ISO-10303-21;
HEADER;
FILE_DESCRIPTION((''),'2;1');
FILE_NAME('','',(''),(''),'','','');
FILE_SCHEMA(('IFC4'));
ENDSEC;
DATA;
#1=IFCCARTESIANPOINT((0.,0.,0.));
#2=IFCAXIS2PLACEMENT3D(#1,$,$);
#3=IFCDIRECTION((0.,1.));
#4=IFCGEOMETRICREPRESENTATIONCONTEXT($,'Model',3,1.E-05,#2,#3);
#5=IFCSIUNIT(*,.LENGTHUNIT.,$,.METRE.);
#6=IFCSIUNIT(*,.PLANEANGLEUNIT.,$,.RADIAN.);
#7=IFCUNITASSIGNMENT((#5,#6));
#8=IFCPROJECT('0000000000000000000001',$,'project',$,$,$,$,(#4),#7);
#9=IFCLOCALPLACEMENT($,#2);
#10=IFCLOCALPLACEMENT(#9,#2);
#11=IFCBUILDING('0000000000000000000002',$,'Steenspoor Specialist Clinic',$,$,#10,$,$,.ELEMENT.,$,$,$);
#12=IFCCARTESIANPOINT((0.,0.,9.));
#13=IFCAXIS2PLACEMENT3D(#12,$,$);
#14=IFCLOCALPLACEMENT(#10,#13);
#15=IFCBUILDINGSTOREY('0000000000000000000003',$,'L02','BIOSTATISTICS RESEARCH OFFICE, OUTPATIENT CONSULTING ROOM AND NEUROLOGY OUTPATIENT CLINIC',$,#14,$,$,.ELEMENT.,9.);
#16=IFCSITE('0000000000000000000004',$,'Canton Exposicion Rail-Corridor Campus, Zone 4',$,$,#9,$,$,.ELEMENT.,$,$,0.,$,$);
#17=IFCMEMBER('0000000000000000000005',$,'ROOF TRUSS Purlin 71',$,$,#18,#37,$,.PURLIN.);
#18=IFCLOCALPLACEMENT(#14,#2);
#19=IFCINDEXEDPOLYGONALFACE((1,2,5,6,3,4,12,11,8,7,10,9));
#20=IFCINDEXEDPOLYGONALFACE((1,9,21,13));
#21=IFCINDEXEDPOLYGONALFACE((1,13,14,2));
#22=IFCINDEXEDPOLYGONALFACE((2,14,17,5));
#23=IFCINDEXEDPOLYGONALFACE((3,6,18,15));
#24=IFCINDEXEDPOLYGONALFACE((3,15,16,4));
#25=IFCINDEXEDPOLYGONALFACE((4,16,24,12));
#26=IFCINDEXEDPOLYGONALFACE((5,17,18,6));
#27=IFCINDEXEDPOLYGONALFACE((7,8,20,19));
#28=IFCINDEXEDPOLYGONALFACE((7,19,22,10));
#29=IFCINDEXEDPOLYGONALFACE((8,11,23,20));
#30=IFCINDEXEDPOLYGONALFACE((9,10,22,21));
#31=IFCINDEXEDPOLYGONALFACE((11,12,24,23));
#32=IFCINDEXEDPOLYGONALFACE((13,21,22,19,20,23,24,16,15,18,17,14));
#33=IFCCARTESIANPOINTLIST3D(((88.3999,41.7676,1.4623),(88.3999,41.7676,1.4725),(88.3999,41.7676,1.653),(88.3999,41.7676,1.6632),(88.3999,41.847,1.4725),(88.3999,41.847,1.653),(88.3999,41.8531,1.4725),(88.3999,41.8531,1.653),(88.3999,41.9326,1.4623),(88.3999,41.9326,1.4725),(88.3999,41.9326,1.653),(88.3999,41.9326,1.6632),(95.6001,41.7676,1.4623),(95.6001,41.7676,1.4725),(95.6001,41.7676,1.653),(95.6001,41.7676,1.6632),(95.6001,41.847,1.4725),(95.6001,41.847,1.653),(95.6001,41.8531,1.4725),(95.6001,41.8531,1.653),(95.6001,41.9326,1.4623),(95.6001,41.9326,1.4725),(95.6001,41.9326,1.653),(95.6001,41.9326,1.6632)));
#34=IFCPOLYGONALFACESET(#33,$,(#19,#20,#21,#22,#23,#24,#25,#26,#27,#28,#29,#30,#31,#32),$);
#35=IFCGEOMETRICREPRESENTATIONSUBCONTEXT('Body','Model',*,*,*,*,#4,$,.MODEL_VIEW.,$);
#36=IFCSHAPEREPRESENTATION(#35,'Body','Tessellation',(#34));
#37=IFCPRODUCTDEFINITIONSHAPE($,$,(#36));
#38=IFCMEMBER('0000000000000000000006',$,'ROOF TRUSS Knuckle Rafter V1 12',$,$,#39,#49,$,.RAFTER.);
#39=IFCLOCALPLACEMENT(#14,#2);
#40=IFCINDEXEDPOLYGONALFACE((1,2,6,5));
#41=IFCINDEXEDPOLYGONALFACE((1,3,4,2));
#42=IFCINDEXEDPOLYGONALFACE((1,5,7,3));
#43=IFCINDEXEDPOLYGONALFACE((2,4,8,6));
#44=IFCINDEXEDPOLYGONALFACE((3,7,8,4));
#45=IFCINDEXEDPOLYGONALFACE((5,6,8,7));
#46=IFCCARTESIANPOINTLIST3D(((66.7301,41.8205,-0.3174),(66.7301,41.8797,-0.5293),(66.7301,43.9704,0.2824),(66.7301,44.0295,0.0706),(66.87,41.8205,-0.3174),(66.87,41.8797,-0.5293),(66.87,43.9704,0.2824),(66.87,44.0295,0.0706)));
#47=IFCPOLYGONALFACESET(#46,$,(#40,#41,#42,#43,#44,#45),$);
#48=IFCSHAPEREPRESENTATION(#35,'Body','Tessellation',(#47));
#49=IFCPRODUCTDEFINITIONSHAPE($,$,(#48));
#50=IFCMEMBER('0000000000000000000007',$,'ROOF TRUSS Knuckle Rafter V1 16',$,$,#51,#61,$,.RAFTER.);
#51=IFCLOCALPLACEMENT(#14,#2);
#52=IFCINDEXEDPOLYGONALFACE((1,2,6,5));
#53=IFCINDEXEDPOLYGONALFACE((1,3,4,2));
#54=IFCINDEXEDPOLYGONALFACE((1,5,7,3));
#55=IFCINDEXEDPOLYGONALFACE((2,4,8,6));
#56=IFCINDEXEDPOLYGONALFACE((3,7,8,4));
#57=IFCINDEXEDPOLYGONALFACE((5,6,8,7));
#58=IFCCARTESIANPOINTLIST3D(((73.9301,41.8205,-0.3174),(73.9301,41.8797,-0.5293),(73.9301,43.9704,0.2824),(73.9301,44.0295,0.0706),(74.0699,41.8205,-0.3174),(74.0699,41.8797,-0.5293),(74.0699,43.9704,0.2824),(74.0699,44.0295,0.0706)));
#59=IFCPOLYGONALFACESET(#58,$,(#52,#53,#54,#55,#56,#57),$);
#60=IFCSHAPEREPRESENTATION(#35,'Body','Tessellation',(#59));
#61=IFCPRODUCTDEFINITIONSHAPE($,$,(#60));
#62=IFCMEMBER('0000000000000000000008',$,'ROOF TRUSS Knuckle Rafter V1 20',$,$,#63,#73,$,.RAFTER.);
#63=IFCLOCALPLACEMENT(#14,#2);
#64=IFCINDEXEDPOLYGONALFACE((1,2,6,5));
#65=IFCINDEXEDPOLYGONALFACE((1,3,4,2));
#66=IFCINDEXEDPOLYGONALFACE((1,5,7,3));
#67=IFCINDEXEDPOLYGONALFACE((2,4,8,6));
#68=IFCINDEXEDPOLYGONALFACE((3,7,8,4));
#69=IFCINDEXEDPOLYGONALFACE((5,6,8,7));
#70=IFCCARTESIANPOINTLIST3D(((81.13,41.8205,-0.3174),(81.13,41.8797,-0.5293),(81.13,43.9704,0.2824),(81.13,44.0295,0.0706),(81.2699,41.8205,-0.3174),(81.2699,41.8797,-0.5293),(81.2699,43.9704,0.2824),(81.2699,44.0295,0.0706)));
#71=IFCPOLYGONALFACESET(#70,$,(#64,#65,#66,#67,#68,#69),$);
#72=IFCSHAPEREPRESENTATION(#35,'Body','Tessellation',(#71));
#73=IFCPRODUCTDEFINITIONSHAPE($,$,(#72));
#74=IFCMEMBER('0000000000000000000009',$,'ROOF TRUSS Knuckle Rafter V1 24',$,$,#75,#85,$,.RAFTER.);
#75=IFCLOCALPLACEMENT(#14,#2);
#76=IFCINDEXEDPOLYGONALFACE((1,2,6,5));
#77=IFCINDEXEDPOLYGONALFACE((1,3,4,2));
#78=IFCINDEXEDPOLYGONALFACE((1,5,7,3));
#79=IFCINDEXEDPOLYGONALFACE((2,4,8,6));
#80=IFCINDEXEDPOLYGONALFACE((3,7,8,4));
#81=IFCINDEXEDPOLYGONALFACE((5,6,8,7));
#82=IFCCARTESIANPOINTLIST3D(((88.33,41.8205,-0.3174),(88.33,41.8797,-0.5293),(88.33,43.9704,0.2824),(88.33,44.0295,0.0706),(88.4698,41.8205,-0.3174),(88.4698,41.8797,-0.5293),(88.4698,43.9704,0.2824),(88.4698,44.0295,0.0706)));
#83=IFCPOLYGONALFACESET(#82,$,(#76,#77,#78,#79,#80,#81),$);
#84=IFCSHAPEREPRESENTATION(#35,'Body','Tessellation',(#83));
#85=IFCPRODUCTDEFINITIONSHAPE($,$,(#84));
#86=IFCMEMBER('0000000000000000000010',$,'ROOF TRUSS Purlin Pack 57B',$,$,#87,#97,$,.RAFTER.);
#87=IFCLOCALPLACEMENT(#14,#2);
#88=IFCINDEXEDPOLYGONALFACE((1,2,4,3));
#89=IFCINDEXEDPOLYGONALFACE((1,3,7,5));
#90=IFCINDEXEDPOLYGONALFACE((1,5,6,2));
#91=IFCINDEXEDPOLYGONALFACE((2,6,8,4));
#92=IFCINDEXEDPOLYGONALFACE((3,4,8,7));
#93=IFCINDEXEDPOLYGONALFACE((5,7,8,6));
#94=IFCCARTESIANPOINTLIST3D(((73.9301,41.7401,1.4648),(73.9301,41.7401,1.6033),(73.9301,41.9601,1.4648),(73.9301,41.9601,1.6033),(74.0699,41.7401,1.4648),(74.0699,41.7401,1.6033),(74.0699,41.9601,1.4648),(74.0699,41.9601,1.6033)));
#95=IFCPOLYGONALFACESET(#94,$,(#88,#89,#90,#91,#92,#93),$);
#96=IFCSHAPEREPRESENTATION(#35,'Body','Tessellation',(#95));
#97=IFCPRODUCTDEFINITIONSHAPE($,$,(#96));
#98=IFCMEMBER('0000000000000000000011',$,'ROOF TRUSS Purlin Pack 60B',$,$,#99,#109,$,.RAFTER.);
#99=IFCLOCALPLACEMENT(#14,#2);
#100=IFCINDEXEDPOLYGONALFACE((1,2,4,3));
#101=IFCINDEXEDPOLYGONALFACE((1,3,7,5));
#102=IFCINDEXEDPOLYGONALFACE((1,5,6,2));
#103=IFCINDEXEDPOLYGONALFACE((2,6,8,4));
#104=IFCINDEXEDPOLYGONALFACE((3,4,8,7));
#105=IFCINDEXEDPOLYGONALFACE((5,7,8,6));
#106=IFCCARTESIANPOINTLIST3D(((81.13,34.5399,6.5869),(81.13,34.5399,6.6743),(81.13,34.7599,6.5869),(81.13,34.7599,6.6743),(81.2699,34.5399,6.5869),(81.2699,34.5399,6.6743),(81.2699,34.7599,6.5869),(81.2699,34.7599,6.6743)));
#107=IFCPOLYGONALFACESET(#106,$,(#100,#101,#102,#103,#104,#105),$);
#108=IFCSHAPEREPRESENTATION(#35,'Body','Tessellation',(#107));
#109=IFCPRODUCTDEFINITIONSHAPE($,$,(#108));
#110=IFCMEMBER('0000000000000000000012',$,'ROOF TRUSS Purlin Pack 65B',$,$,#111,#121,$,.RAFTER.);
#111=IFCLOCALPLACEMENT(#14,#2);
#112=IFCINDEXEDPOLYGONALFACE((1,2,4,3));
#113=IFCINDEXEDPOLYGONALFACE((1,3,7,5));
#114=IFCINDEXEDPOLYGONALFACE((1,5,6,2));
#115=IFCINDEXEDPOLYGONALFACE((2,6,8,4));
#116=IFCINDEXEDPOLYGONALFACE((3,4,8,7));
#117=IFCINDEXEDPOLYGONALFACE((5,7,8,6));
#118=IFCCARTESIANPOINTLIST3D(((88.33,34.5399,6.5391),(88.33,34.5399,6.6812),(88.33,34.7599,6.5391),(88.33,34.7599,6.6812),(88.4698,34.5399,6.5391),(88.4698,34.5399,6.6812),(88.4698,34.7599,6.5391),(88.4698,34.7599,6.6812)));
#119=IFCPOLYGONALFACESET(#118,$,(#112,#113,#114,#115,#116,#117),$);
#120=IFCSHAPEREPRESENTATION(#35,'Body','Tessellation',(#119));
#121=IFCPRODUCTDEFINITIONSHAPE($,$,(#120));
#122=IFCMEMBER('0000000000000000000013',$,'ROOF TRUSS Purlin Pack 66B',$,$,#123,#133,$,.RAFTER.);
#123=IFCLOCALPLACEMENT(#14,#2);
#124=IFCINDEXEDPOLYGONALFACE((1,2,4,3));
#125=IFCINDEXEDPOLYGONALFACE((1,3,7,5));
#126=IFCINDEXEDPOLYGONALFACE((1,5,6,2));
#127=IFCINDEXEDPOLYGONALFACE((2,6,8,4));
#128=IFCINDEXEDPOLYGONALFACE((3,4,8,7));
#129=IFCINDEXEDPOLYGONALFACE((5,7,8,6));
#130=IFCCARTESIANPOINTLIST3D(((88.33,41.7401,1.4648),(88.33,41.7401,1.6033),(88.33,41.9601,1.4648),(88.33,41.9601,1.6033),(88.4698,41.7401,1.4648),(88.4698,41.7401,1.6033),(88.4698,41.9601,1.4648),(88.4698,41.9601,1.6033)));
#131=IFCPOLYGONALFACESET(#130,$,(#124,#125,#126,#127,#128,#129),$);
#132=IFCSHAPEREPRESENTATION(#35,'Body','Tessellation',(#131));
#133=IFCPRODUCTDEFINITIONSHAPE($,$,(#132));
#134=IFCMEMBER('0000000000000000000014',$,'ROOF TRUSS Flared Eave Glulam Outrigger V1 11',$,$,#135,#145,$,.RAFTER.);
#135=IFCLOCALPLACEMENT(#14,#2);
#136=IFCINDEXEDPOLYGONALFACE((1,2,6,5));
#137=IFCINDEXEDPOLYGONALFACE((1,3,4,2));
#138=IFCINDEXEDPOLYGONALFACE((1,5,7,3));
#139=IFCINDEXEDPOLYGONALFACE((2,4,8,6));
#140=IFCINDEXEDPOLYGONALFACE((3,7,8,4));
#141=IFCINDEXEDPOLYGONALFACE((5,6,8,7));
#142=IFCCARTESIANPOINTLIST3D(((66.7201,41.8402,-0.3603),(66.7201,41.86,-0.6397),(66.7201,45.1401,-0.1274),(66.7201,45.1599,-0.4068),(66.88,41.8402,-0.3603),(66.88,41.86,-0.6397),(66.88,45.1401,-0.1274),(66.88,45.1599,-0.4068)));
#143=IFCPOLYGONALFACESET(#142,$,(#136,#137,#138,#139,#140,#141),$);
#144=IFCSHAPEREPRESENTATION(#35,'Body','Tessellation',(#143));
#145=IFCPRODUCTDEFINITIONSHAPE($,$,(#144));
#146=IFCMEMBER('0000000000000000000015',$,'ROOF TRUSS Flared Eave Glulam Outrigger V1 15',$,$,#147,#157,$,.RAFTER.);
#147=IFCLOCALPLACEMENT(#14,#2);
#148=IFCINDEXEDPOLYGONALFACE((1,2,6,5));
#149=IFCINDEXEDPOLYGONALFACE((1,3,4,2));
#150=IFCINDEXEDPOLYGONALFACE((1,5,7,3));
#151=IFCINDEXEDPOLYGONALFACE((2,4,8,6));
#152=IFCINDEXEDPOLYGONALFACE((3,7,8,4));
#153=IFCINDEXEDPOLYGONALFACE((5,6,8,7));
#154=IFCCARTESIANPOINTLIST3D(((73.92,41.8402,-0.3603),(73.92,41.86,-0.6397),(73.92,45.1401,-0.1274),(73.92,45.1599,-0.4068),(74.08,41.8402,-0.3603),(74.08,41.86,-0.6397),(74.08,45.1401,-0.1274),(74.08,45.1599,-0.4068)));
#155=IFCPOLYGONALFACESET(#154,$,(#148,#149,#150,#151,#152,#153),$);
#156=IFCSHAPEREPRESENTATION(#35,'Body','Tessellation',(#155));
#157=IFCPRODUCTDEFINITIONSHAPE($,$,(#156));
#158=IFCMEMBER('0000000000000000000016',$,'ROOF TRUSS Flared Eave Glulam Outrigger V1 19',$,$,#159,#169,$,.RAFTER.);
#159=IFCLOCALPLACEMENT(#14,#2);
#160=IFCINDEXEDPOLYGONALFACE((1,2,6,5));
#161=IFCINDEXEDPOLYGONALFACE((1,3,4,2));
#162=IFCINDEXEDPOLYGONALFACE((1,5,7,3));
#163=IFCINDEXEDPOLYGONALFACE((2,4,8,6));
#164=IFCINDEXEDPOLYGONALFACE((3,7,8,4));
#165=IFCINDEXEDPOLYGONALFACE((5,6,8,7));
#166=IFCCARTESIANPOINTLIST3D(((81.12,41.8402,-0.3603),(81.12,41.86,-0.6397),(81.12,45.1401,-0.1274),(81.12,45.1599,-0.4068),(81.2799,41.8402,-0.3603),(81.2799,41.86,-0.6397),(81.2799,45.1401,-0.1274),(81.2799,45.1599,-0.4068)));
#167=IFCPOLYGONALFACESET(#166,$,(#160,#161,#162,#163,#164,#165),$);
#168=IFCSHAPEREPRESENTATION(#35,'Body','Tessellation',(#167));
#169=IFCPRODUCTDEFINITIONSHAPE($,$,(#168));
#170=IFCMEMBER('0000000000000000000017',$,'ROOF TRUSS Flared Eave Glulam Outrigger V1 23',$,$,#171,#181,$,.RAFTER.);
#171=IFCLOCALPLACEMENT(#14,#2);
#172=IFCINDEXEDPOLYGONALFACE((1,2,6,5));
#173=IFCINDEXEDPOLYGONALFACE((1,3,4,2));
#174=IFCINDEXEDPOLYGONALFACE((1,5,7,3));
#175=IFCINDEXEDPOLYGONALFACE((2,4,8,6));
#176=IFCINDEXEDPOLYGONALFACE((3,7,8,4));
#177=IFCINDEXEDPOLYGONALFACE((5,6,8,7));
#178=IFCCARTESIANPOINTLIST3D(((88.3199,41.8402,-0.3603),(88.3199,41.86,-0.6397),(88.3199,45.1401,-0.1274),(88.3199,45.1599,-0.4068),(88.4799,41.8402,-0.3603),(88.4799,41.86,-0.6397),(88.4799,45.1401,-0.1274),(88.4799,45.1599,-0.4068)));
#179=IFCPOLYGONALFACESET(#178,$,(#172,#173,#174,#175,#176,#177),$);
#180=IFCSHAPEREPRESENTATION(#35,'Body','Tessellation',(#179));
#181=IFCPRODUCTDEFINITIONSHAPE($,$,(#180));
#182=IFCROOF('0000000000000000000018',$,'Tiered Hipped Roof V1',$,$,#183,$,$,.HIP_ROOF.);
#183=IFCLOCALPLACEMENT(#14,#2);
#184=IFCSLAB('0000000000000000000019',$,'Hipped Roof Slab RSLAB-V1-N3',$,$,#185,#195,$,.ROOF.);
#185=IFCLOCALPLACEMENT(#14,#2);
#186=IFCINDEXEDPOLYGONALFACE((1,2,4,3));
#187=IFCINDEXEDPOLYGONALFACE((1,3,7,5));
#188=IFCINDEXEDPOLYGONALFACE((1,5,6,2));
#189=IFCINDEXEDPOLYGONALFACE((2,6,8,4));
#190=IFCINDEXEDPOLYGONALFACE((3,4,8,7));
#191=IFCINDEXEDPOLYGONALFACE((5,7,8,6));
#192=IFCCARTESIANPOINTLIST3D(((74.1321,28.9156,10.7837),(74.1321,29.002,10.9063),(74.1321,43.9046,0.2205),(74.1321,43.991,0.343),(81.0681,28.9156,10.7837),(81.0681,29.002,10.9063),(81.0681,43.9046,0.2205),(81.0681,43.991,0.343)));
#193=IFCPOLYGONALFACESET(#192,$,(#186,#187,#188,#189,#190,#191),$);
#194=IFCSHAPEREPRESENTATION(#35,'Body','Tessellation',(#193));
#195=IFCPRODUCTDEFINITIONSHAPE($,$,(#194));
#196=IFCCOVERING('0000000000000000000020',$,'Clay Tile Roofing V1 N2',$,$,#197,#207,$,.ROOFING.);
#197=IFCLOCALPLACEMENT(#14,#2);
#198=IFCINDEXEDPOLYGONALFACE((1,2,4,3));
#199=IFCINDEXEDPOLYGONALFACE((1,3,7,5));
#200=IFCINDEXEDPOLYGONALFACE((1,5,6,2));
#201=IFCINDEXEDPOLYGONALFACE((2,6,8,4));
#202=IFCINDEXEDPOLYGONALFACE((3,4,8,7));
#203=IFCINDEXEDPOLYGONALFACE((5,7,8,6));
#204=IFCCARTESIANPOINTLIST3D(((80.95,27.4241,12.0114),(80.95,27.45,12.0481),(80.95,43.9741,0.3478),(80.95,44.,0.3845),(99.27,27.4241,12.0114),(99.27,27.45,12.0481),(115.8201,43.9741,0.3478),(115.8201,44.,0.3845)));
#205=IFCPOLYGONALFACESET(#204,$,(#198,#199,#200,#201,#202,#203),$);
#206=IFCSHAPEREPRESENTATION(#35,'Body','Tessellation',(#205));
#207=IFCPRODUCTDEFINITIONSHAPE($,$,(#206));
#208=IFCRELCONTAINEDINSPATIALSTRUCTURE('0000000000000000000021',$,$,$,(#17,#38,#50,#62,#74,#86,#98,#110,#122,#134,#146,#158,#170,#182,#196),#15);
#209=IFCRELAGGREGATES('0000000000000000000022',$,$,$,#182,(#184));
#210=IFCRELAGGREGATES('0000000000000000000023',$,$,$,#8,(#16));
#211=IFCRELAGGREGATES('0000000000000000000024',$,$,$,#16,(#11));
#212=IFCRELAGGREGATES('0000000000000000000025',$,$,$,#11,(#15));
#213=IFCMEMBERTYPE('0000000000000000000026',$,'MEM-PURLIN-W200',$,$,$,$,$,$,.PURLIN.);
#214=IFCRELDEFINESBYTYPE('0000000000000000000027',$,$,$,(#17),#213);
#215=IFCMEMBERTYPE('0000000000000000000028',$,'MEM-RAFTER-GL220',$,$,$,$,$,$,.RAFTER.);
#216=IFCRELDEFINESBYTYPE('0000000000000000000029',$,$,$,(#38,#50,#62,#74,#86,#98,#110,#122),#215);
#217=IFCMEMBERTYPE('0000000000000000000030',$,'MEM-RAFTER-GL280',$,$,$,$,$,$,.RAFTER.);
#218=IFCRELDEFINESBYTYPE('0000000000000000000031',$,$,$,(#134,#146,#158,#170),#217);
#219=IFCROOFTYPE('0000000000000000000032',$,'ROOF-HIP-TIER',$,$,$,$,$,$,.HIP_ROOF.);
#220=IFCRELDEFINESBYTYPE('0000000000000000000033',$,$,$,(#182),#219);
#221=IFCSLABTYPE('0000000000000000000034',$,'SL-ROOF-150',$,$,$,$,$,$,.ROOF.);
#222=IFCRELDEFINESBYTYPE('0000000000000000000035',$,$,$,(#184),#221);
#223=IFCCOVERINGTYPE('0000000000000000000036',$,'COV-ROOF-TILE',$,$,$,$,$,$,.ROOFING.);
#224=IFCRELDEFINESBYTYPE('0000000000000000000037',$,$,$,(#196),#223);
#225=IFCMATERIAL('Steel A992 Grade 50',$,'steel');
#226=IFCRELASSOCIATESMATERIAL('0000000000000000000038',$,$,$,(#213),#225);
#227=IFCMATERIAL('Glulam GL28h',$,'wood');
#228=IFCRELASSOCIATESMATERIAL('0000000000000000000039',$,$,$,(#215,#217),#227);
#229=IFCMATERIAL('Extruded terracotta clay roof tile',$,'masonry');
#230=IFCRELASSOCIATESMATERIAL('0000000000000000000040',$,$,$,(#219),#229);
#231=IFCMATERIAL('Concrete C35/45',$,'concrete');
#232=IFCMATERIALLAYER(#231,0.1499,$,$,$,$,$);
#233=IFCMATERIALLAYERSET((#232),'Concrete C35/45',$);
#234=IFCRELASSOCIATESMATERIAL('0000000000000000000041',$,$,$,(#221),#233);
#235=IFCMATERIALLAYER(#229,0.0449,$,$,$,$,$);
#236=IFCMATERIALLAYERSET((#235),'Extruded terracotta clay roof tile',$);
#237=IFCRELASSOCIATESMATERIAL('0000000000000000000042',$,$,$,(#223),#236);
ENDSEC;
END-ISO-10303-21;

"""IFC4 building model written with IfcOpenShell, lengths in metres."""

from ifc_helpers import new_model, si_unit, direction, frame, origin, origin_2d, place, context, subcontext, project, spatial, polyline, rectangle, i_section, outline, extrude, material, layer, layer_set, material_profile, profile_set, type_object, element, aggregate, save


model = new_model("IFC4")

# Units and contexts
model_context = context("Model", 3, precision=1e-05, world=origin(), true_north=direction((0.0, 1.0)))
body_context = subcontext(model_context, "Body", "Model", "MODEL_VIEW")
ifc_project = project(units=[si_unit("LENGTHUNIT", "METRE"), si_unit("PLANEANGLEUNIT", "RADIAN")], contexts=[model_context])

# Site, building, storey
site_placement = place(None, origin())
site = spatial("IfcSite", under=ifc_project, at=site_placement, Name="Canton Exposicion Rail-Corridor Campus, Zone 4", CompositionType="ELEMENT", RefElevation=0.0)
building_placement = place(site_placement, origin())
building = spatial("IfcBuilding", under=site, at=building_placement, Name="Steenspoor Specialist Clinic", CompositionType="ELEMENT")
storey_placement = place(building_placement, frame((0.0, 0.0, 9.0)))
storey = spatial("IfcBuildingStorey", under=building, at=storey_placement, Name="L02", Description="BIOSTATISTICS RESEARCH OFFICE, OUTPATIENT CONSULTING ROOM AND NEUROLOGY OUTPATIENT CLINIC", CompositionType="ELEMENT", Elevation=9.0)

# Members
ifc_material_1 = material(Name="Steel A992 Grade 50", Category="steel")
ifc_material_profile_1 = material_profile(ifc_material_1, i_section(OverallWidth=0.165, OverallDepth=0.2009, WebThickness=0.0061, FlangeThickness=0.0103, at=origin_2d()), Name="W200X36")
ifc_profile_set_1 = profile_set([ifc_material_profile_1], Name="Steel A992 Grade 50")
member_type_1 = type_object("IfcMemberType", Name="MEM-PURLIN-W200", PredefinedType="PURLIN", material=ifc_profile_set_1)
member_1_placement = place(storey_placement, frame((88.3999, 41.8501, 1.5627), z_axis=(1.0, 0.0, 0.0), x_axis=(0.0, 1.0, 0.0)))
element("IfcMember", 1, at=member_1_placement, inside=storey, type_object=member_type_1, Name="ROOF TRUSS Purlin 71", PredefinedType="PURLIN", context=body_context, shape_type="SweptSolid", body=[
    extrude(i_section(OverallWidth=0.165, OverallDepth=0.2009, WebThickness=0.0061, FlangeThickness=0.0103, at=origin_2d()), origin(), (0.0, 0.0, 1.0), 7.2002),
])
ifc_material_2 = material(Name="Glulam GL28h", Category="wood")
ifc_material_profile_2 = material_profile(ifc_material_2, rectangle(XDim=0.1399, YDim=0.22, at=origin_2d()), Name="GL28H-140X220")
ifc_profile_set_2 = profile_set([ifc_material_profile_2], Name="Glulam GL28h")
member_type_2 = type_object("IfcMemberType", Name="MEM-RAFTER-GL220", PredefinedType="RAFTER", material=ifc_profile_set_2)
for number, where, z_axis, x_axis, name in (
    (2, (66.8, 41.8501, -0.4233), (0.0, 0.96321, 0.268749), (-1.0, 0.0, 0.0), "ROOF TRUSS Knuckle Rafter V1 12"),
    (3, (74.0, 41.8501, -0.4233), (0.0, 0.96321, 0.268749), (-1.0, 0.0, 0.0), "ROOF TRUSS Knuckle Rafter V1 16"),
    (4, (81.2, 41.8501, -0.4233), (0.0, 0.96321, 0.268749), (-1.0, 0.0, 0.0), "ROOF TRUSS Knuckle Rafter V1 20"),
    (5, (88.3999, 41.8501, -0.4233), (0.0, 0.96321, 0.268749), (-1.0, 0.0, 0.0), "ROOF TRUSS Knuckle Rafter V1 24"),
):
    element("IfcMember", number, at=place(storey_placement, frame(where, z_axis=z_axis, x_axis=x_axis)), inside=storey, type_object=member_type_2, Name=name, PredefinedType="RAFTER", context=body_context, shape_type="SweptSolid", body=[
        extrude(rectangle(XDim=0.1399, YDim=0.22, at=origin_2d()), origin(), (0.0, 0.0, 1.0), 2.2319),
    ])
member_2_placement = place(storey_placement, frame((74.0, 41.8501, 1.4648), z_axis=(0.0, 0.0, 1.0), x_axis=(1.0, 0.0, 0.0)))
element("IfcMember", 6, at=member_2_placement, inside=storey, type_object=member_type_2, Name="ROOF TRUSS Purlin Pack 57B", PredefinedType="RAFTER", context=body_context, shape_type="SweptSolid", body=[
    extrude(rectangle(XDim=0.1399, YDim=0.22, at=origin_2d()), origin(), (0.0, 0.0, 1.0), 0.1384),
])
member_3_placement = place(storey_placement, frame((81.2, 34.6499, 6.5869), z_axis=(0.0, 0.0, 1.0), x_axis=(1.0, 0.0, 0.0)))
element("IfcMember", 7, at=member_3_placement, inside=storey, type_object=member_type_2, Name="ROOF TRUSS Purlin Pack 60B", PredefinedType="RAFTER", context=body_context, shape_type="SweptSolid", body=[
    extrude(rectangle(XDim=0.1399, YDim=0.22, at=origin_2d()), origin(), (0.0, 0.0, 1.0), 0.0874),
])
member_4_placement = place(storey_placement, frame((88.3999, 34.6499, 6.5391), z_axis=(0.0, 0.0, 1.0), x_axis=(1.0, 0.0, 0.0)))
element("IfcMember", 8, at=member_4_placement, inside=storey, type_object=member_type_2, Name="ROOF TRUSS Purlin Pack 65B", PredefinedType="RAFTER", context=body_context, shape_type="SweptSolid", body=[
    extrude(rectangle(XDim=0.1399, YDim=0.22, at=origin_2d()), origin(), (0.0, 0.0, 1.0), 0.1421),
])
member_5_placement = place(storey_placement, frame((88.3999, 41.8501, 1.4648), z_axis=(0.0, 0.0, 1.0), x_axis=(1.0, 0.0, 0.0)))
element("IfcMember", 9, at=member_5_placement, inside=storey, type_object=member_type_2, Name="ROOF TRUSS Purlin Pack 66B", PredefinedType="RAFTER", context=body_context, shape_type="SweptSolid", body=[
    extrude(rectangle(XDim=0.1399, YDim=0.22, at=origin_2d()), origin(), (0.0, 0.0, 1.0), 0.1384),
])
ifc_material_profile_3 = material_profile(ifc_material_2, rectangle(XDim=0.1599, YDim=0.28, at=origin_2d()), Name="GL28H-160X280")
ifc_profile_set_3 = profile_set([ifc_material_profile_3], Name="Glulam GL28h")
member_type_3 = type_object("IfcMemberType", Name="MEM-RAFTER-GL280", PredefinedType="RAFTER", material=ifc_profile_set_3)
for number, where, z_axis, x_axis, name in (
    (10, (66.8, 41.8501, -0.5), (0.0, 0.997518, 0.070408), (-1.0, 0.0, 0.0), "ROOF TRUSS Flared Eave Glulam Outrigger V1 11"),
    (11, (74.0, 41.8501, -0.5), (0.0, 0.997518, 0.070408), (-1.0, 0.0, 0.0), "ROOF TRUSS Flared Eave Glulam Outrigger V1 15"),
    (12, (81.2, 41.8501, -0.5), (0.0, 0.997518, 0.070408), (-1.0, 0.0, 0.0), "ROOF TRUSS Flared Eave Glulam Outrigger V1 19"),
    (13, (88.3999, 41.8501, -0.5), (0.0, 0.997518, 0.070408), (-1.0, 0.0, 0.0), "ROOF TRUSS Flared Eave Glulam Outrigger V1 23"),
):
    element("IfcMember", number, at=place(storey_placement, frame(where, z_axis=z_axis, x_axis=x_axis)), inside=storey, type_object=member_type_3, Name=name, PredefinedType="RAFTER", context=body_context, shape_type="SweptSolid", body=[
        extrude(rectangle(XDim=0.1599, YDim=0.28, at=origin_2d()), origin(), (0.0, 0.0, 1.0), 3.3081),
    ])

# Roof, slab
ifc_material_3 = material(Name="Extruded terracotta clay roof tile", Category="masonry")
roof_type = type_object("IfcRoofType", Name="ROOF-HIP-TIER", PredefinedType="HIP_ROOF", material=ifc_material_3)
roof_placement = place(storey_placement, origin())
roof = element("IfcRoof", 14, at=roof_placement, inside=storey, type_object=roof_type, Name="Tiered Hipped Roof V1", PredefinedType="HIP_ROOF")
ifc_material_4 = material(Name="Concrete C35/45", Category="concrete")
ifc_layer_1 = layer(ifc_material_4, 0.1499)
ifc_layer_set_1 = layer_set([ifc_layer_1], Name="Concrete C35/45")
slab_type = type_object("IfcSlabType", Name="SL-ROOF-150", PredefinedType="ROOF", material=ifc_layer_set_1)
slab_placement = place(storey_placement, frame((81.0681, 43.991, 0.343), z_axis=(0.0, 0.576055, 0.817411), x_axis=(-1.0, 0.0, 0.0)))
slab = element("IfcSlab", 15, at=slab_placement, type_object=slab_type, Name="Hipped Roof Slab RSLAB-V1-N3", PredefinedType="ROOF", context=body_context, shape_type="SweptSolid", body=[
    extrude(outline(polyline([(0.0, 0.0), (6.936, 0.0), (6.936, 18.3372), (0.0, 18.3372), (0.0, 0.0)])), origin(), (0.0, 0.0, -1.0), 0.1499),
])
aggregate(roof, [slab])

# Covering
ifc_layer_2 = layer(ifc_material_3, 0.0449)
ifc_layer_set_2 = layer_set([ifc_layer_2], Name="Extruded terracotta clay roof tile")
covering_type = type_object("IfcCoveringType", Name="COV-ROOF-TILE", PredefinedType="ROOFING", material=ifc_layer_set_2)
covering_1_placement = place(storey_placement, frame((80.95, 44.0, 0.3845), z_axis=(0.0, 0.576063, 0.817405), x_axis=(0.0, -0.817405, 0.576063)))
element("IfcCovering", 16, at=covering_1_placement, inside=storey, type_object=covering_type, Name="Clay Tile Roofing V1 N2", PredefinedType="ROOFING", context=body_context, shape_type="SweptSolid", body=[
    extrude(outline(polyline([(0.0, 0.0), (20.2471, 0.0), (20.2471, 18.3201), (0.0, 34.8701), (0.0, 0.0)])), origin(), (0.0, 0.0, -1.0), 0.0449),
])

save(model, "model.ifc")
